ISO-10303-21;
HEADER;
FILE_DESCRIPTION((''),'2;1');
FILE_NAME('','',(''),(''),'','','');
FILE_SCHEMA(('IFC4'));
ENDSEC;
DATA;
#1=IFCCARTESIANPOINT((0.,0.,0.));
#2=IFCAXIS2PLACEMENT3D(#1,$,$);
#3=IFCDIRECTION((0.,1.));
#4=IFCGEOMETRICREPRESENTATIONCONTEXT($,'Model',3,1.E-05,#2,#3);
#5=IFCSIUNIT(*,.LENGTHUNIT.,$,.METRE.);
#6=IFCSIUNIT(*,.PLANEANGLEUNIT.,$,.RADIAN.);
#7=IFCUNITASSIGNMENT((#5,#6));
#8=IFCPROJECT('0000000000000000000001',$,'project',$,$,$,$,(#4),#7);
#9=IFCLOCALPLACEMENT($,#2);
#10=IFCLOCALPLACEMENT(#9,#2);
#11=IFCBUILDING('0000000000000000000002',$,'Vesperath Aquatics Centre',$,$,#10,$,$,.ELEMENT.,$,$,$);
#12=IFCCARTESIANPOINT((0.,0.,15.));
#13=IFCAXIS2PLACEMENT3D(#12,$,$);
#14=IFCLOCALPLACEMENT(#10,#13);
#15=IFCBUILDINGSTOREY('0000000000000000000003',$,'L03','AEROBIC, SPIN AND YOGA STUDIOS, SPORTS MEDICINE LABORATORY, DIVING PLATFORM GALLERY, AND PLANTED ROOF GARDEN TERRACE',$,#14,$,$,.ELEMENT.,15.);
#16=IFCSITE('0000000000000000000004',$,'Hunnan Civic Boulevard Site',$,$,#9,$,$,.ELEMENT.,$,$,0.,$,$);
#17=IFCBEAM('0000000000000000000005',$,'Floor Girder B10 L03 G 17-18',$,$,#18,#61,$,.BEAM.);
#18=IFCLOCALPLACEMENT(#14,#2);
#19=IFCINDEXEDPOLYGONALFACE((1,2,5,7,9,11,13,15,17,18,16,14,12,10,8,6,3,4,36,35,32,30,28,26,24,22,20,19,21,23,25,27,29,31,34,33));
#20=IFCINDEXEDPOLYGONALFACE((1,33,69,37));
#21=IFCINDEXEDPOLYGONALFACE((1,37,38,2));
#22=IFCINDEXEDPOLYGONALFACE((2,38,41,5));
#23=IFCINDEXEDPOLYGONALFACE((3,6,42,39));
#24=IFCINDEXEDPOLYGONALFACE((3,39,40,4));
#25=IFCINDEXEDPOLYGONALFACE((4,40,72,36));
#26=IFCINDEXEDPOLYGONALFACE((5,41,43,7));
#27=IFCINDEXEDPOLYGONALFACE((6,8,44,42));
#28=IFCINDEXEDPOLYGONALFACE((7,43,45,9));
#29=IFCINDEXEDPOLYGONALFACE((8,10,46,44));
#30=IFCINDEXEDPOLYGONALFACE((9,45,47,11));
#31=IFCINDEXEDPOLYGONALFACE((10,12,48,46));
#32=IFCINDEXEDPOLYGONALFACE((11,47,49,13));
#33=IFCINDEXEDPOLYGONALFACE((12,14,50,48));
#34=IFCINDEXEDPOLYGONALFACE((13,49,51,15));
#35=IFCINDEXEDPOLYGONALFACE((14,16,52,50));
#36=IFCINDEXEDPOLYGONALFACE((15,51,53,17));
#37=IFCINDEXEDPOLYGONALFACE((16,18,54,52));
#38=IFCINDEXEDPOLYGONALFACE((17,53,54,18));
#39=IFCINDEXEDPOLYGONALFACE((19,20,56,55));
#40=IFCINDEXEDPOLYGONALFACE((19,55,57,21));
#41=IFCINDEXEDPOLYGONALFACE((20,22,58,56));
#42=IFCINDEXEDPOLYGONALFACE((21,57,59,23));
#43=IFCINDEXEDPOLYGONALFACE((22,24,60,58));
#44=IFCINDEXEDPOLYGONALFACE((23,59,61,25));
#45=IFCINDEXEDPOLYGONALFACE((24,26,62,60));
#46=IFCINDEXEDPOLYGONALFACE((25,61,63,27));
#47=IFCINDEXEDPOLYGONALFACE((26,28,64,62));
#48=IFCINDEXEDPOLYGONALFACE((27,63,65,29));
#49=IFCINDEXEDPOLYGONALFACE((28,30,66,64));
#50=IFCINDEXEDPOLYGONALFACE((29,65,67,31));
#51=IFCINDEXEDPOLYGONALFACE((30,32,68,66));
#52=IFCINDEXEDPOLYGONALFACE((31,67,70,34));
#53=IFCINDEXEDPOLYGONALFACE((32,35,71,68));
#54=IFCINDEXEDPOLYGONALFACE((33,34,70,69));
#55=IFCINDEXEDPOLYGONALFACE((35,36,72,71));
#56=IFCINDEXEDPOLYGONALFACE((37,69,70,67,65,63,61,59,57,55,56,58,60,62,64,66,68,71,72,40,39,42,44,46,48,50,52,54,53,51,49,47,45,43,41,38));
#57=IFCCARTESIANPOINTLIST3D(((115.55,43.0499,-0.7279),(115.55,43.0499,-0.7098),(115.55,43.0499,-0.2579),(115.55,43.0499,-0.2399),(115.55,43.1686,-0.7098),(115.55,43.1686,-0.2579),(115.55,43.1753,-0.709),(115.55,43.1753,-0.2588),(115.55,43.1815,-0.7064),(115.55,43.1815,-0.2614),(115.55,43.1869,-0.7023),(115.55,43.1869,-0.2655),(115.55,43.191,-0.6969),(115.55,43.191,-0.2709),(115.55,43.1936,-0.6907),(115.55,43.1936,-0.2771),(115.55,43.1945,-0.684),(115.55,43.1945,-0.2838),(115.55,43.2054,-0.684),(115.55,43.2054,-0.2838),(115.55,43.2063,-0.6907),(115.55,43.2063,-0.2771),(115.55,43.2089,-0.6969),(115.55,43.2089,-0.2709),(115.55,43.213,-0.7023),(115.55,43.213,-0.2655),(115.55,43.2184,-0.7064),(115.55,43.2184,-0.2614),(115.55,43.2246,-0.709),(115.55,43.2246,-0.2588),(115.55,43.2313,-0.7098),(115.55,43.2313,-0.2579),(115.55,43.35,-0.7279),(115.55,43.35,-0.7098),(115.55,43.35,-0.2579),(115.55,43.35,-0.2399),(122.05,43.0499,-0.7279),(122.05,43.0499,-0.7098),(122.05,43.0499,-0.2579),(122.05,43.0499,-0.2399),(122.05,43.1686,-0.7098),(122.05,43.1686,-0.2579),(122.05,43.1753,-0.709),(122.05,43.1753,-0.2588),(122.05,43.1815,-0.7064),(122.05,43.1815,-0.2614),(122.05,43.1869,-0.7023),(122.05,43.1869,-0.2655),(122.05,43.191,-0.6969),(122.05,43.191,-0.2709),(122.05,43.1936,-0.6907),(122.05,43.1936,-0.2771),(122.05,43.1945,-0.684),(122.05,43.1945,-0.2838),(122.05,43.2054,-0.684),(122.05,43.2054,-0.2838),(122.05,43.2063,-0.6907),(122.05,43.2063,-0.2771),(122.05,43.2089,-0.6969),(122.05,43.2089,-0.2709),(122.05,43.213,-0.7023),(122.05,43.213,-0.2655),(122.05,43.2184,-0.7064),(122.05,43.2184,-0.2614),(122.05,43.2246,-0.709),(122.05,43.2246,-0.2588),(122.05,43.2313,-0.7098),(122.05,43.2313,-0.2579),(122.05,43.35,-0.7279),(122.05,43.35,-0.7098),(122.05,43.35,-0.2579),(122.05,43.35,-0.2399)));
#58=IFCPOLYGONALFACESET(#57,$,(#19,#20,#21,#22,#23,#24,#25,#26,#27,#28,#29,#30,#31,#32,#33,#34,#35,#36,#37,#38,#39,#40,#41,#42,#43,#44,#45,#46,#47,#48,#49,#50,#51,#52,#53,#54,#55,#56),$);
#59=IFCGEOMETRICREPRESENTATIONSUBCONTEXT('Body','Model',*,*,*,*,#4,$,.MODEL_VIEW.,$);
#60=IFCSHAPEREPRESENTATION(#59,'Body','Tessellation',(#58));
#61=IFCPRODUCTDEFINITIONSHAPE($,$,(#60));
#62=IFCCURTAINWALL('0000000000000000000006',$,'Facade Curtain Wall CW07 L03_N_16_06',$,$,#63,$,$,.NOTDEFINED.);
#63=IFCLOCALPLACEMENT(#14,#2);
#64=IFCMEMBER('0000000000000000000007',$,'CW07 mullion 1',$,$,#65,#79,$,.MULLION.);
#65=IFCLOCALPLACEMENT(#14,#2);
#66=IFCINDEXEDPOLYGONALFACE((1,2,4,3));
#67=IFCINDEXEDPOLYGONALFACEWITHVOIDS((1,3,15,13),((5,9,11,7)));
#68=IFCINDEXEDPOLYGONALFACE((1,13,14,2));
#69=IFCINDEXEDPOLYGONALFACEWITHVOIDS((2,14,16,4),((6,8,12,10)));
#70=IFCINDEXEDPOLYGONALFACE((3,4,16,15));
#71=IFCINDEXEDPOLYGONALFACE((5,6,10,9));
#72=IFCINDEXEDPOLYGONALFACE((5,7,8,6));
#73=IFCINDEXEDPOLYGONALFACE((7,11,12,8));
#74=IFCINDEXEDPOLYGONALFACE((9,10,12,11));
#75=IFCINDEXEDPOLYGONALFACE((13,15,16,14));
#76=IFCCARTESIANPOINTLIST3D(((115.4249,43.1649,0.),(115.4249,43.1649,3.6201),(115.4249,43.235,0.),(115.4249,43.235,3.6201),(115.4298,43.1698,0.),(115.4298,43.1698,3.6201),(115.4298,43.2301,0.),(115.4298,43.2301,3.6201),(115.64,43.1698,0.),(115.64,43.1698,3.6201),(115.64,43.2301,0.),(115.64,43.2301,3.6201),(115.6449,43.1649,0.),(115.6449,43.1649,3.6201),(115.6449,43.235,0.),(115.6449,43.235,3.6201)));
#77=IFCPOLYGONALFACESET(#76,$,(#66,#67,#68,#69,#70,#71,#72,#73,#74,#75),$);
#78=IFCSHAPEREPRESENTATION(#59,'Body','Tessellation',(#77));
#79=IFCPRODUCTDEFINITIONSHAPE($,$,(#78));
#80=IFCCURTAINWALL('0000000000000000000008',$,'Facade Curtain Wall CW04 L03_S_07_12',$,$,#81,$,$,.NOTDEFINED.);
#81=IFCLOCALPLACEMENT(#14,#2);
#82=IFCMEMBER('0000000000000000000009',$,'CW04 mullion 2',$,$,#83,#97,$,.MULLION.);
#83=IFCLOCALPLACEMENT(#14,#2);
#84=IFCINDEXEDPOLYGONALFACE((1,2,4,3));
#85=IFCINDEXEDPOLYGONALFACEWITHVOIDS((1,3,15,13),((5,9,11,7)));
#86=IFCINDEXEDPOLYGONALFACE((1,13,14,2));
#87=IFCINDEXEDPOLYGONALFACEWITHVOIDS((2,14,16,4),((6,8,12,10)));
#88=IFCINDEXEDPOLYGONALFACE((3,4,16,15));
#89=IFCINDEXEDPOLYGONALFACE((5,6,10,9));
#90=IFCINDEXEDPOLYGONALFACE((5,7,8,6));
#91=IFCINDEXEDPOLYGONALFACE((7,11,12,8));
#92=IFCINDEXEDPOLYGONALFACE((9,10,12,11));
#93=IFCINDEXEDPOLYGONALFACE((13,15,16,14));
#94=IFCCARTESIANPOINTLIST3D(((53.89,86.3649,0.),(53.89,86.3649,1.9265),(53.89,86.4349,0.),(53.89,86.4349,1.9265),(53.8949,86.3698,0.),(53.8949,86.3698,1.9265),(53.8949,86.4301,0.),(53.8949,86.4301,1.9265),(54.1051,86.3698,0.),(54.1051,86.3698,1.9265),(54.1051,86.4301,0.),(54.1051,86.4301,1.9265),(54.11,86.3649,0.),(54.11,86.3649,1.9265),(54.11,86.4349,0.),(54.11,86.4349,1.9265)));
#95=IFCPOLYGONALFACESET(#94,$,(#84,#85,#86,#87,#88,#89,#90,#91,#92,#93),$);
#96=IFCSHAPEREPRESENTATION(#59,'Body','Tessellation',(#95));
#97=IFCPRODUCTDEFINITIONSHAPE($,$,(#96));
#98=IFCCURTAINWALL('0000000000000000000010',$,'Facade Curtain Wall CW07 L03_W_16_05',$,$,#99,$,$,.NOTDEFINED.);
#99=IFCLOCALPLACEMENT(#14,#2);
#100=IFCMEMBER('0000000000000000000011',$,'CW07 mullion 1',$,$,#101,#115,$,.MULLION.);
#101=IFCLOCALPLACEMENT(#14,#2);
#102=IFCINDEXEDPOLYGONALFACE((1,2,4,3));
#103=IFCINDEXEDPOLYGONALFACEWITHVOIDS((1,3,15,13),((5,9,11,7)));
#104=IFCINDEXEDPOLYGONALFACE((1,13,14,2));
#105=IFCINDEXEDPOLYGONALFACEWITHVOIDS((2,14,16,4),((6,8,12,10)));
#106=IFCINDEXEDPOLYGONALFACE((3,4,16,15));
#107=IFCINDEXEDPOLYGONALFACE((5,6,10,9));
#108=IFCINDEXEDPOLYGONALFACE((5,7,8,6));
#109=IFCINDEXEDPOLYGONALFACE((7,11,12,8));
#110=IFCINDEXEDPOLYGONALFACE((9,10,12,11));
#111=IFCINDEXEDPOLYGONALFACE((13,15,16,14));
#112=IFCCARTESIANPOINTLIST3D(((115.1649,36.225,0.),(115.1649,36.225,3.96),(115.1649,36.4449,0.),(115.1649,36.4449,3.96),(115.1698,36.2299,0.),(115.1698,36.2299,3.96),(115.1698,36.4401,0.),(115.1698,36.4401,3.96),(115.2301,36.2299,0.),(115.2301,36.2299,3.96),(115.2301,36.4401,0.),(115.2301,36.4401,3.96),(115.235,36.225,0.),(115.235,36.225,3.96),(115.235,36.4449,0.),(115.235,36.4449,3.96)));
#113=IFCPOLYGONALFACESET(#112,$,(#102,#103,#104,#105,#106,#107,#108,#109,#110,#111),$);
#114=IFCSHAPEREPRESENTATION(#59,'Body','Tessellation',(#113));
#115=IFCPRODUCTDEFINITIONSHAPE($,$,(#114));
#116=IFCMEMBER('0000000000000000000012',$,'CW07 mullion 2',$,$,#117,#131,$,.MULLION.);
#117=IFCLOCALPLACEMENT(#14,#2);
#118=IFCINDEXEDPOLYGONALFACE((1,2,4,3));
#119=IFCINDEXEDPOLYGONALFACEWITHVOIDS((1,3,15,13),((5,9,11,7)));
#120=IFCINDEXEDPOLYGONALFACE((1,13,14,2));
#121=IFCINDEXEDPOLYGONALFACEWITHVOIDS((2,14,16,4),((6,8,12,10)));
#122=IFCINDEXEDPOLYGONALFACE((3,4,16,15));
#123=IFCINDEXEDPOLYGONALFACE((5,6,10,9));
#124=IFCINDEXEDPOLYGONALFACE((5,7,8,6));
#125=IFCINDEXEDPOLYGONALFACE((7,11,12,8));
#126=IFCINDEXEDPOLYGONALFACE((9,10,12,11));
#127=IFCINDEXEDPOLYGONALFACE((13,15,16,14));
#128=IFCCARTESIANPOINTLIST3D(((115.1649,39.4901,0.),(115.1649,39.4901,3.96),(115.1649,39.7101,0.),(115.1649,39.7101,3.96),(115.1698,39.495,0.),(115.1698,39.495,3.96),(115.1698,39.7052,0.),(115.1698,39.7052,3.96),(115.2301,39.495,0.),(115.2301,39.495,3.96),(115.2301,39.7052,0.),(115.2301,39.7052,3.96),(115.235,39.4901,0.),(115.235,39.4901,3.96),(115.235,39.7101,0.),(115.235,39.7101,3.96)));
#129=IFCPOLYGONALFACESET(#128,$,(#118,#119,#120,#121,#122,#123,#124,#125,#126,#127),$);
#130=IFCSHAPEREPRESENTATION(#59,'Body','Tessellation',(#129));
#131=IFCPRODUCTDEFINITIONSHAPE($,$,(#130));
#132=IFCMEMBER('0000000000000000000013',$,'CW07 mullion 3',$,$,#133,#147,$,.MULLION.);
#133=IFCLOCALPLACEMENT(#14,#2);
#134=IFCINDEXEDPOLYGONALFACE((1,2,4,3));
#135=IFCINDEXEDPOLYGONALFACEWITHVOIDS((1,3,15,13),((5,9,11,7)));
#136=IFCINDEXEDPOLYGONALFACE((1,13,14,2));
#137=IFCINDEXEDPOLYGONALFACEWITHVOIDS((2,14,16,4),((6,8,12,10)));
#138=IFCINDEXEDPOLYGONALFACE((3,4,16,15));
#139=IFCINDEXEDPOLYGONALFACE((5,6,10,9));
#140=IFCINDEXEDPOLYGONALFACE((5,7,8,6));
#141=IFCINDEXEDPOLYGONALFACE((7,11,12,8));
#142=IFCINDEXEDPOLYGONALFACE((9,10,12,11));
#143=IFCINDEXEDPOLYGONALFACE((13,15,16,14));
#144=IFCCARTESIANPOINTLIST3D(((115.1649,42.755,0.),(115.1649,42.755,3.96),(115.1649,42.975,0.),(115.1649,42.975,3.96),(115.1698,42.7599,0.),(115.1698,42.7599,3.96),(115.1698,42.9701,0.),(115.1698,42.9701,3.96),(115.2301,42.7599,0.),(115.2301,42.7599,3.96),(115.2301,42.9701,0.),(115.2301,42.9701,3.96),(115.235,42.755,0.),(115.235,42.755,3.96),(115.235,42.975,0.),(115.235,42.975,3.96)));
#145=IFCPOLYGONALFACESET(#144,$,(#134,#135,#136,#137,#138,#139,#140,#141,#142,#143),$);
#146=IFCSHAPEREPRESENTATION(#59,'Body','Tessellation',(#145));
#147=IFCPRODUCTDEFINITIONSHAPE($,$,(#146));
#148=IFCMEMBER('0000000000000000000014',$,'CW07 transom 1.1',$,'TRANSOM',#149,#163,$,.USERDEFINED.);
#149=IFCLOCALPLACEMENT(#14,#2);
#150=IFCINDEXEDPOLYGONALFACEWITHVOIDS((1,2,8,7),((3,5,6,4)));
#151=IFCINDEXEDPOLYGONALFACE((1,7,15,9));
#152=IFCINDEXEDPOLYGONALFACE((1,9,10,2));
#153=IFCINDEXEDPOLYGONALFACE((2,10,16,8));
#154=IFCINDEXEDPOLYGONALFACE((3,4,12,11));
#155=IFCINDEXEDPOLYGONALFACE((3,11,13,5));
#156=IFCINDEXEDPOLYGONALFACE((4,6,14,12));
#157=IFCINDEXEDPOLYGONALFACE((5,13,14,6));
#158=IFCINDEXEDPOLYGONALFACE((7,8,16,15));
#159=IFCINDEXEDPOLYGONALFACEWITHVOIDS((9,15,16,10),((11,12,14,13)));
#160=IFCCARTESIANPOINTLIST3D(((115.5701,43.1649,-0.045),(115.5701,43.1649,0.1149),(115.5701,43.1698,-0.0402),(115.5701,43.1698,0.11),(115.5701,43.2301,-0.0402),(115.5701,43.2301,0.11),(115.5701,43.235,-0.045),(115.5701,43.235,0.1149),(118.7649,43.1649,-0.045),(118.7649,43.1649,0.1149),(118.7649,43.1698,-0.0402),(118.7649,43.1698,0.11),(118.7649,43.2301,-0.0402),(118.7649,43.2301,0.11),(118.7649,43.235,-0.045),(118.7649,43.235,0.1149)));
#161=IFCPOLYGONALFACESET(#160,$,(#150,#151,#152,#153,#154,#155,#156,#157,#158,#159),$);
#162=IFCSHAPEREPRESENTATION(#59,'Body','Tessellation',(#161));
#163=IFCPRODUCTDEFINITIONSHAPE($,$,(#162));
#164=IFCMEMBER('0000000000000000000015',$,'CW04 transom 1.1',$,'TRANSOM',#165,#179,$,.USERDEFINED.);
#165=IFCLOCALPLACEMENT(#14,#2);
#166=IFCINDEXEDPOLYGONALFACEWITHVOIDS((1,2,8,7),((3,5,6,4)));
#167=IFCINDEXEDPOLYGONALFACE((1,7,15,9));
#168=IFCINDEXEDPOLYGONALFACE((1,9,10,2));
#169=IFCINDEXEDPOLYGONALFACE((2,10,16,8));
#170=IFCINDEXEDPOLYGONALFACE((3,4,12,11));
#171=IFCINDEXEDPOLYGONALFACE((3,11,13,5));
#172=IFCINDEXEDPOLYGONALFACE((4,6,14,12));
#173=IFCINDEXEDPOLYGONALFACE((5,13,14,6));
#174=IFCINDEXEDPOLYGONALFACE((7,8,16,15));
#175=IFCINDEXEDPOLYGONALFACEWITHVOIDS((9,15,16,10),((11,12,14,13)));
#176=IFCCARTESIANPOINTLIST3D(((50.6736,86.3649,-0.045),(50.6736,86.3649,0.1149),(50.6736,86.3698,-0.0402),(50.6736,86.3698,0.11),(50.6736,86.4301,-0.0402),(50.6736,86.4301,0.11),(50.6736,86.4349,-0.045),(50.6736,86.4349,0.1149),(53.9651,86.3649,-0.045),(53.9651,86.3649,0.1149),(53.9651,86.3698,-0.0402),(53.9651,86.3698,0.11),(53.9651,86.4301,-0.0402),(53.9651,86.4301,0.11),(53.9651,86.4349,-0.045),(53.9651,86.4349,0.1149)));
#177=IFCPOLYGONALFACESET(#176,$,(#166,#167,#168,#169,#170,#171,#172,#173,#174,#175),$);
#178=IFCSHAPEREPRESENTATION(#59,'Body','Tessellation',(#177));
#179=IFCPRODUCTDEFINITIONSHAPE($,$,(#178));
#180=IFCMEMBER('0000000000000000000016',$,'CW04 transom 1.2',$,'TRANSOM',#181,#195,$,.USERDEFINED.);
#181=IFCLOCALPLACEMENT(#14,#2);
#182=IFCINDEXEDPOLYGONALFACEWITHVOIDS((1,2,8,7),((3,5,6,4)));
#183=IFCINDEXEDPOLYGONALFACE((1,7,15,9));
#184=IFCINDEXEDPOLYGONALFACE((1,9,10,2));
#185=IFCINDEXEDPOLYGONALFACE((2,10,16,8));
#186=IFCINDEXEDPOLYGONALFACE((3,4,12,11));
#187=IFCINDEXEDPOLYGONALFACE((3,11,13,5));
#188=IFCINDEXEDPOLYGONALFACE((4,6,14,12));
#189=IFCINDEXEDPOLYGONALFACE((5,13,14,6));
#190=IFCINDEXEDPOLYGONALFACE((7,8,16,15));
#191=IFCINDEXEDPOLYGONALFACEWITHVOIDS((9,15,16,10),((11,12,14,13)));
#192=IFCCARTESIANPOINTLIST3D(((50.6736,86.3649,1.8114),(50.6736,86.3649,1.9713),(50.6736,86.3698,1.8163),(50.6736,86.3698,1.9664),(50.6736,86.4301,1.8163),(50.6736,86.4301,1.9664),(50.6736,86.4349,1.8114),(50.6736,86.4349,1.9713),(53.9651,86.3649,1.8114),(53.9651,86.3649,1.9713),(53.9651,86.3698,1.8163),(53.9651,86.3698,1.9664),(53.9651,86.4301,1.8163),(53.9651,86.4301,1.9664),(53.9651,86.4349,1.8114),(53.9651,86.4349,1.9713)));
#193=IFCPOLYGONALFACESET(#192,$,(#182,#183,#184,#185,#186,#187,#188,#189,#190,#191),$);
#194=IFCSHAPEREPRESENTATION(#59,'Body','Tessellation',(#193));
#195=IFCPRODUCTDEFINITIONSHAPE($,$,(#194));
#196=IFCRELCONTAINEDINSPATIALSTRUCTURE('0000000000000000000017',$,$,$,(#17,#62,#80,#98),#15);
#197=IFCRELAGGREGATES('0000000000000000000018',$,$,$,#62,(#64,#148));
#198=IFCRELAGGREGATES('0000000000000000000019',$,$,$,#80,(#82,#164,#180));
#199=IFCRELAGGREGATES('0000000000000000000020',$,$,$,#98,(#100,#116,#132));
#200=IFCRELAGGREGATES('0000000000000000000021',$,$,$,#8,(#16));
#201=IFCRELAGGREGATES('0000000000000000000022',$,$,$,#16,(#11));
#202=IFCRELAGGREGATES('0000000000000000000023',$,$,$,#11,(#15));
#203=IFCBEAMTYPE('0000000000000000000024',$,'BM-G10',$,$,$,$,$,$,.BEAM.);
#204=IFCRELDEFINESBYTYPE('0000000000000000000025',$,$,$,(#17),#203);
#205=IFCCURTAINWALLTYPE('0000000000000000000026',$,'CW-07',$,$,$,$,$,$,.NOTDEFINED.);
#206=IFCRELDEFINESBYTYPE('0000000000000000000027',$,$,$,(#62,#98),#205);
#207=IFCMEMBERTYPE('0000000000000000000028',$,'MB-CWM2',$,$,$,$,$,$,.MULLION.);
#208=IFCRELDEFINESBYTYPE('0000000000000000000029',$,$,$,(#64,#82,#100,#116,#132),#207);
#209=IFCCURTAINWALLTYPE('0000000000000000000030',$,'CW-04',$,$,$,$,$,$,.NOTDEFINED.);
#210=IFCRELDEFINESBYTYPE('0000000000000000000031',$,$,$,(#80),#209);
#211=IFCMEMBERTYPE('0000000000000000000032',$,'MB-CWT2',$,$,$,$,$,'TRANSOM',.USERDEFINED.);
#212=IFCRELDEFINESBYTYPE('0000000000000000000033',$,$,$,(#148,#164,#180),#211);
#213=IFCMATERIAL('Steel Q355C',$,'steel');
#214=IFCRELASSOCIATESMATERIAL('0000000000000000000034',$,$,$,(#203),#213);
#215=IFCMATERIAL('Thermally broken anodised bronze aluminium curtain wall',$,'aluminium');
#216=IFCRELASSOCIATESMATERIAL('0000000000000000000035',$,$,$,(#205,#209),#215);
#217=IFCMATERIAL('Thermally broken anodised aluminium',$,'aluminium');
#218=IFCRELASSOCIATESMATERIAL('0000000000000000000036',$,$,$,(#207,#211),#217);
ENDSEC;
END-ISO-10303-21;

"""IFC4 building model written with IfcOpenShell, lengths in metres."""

from ifc_helpers import new_model, si_unit, direction, frame, origin, origin_2d, place, context, subcontext, project, spatial, hollow_rectangle, i_section, extrude, material, material_profile, profile_set, type_object, element, aggregate, save


model = new_model("IFC4")

# Units and contexts
model_context = context("Model", 3, precision=1e-05, world=origin(), true_north=direction((0.0, 1.0)))
body_context = subcontext(model_context, "Body", "Model", "MODEL_VIEW")
ifc_project = project(units=[si_unit("LENGTHUNIT", "METRE"), si_unit("PLANEANGLEUNIT", "RADIAN")], contexts=[model_context])

# Site, building, storey
site_placement = place(None, origin())
site = spatial("IfcSite", under=ifc_project, at=site_placement, Name="Hunnan Civic Boulevard Site", CompositionType="ELEMENT", RefElevation=0.0)
building_placement = place(site_placement, origin())
building = spatial("IfcBuilding", under=site, at=building_placement, Name="Vesperath Aquatics Centre", CompositionType="ELEMENT")
storey_placement = place(building_placement, frame((0.0, 0.0, 15.0)))
storey = spatial("IfcBuildingStorey", under=building, at=storey_placement, Name="L03", Description="AEROBIC, SPIN AND YOGA STUDIOS, SPORTS MEDICINE LABORATORY, DIVING PLATFORM GALLERY, AND PLANTED ROOF GARDEN TERRACE", CompositionType="ELEMENT", Elevation=15.0)

# Shared definitions
ifc_material_1 = material(Name="Steel Q355C", Category="steel")

# Beam
ifc_material_profile_1 = material_profile(ifc_material_1, i_section(OverallWidth=0.3, OverallDepth=0.488, WebThickness=0.011, FlangeThickness=0.0181, FilletRadius=0.0259, at=origin_2d()), Name="HM 488x300x11x18")
ifc_profile_set_1 = profile_set([ifc_material_profile_1], Name="Steel Q355C")
beam_type_1 = type_object("IfcBeamType", Name="BM-G10", PredefinedType="BEAM", material=ifc_profile_set_1)
for number, where, z_axis, x_axis, name in (
    (1, (115.55, 43.2, -0.4839), (1.0, 0.0, 0.0), (0.0, 1.0, 0.0), "Floor Girder B10 L03 G 17-18"),
):
    element("IfcBeam", number, at=place(storey_placement, frame(where, z_axis=z_axis, x_axis=x_axis)), inside=storey, type_object=beam_type_1, Name=name, PredefinedType="BEAM", context=body_context, shape_type="SweptSolid", body=[
        extrude(i_section(OverallWidth=0.3, OverallDepth=0.488, WebThickness=0.011, FlangeThickness=0.0181, FilletRadius=0.0259, at=origin_2d()), origin(), (0.0, 0.0, 1.0), 6.5),
    ])

# Curtain walls, members
ifc_material_2 = material(Name="Thermally broken anodised bronze aluminium curtain wall", Category="aluminium")
curtain_wall_type_1 = type_object("IfcCurtainWallType", Name="CW-07", PredefinedType="NOTDEFINED", material=ifc_material_2)
curtain_wall_1_placement = place(storey_placement, origin())
curtain_wall_1 = element("IfcCurtainWall", 2, at=curtain_wall_1_placement, inside=storey, type_object=curtain_wall_type_1, Name="Facade Curtain Wall CW07 L03_N_16_06", PredefinedType="NOTDEFINED")
ifc_material_3 = material(Name="Thermally broken anodised aluminium", Category="aluminium")
ifc_material_profile_2 = material_profile(ifc_material_3, hollow_rectangle(XDim=0.0701, YDim=0.22, WallThickness=0.0049, at=origin_2d()), Name="CWM 70x220x5")
ifc_profile_set_2 = profile_set([ifc_material_profile_2], Name="Thermally broken anodised aluminium")
member_type_1 = type_object("IfcMemberType", Name="MB-CWM2", PredefinedType="MULLION", material=ifc_profile_set_2)
member_1_placement = place(storey_placement, frame((115.5349, 43.2, 0.0), z_axis=(0.0, 0.0, 1.0), x_axis=(0.0, 1.0, 0.0)))
member_1 = element("IfcMember", 3, at=member_1_placement, type_object=member_type_1, Name="CW07 mullion 1", PredefinedType="MULLION", context=body_context, shape_type="SweptSolid", body=[
    extrude(hollow_rectangle(XDim=0.0701, YDim=0.22, WallThickness=0.0049, at=origin_2d()), origin(), (0.0, 0.0, 1.0), 3.6201),
])
curtain_wall_type_2 = type_object("IfcCurtainWallType", Name="CW-04", PredefinedType="NOTDEFINED", material=ifc_material_2)
curtain_wall_2_placement = place(storey_placement, origin())
curtain_wall_2 = element("IfcCurtainWall", 4, at=curtain_wall_2_placement, inside=storey, type_object=curtain_wall_type_2, Name="Facade Curtain Wall CW04 L03_S_07_12", PredefinedType="NOTDEFINED")
member_2_placement = place(storey_placement, frame((54.0, 86.3999, 0.0), z_axis=(0.0, 0.0, 1.0), x_axis=(0.0, 1.0, 0.0)))
member_2 = element("IfcMember", 5, at=member_2_placement, type_object=member_type_1, Name="CW04 mullion 2", PredefinedType="MULLION", context=body_context, shape_type="SweptSolid", body=[
    extrude(hollow_rectangle(XDim=0.0701, YDim=0.22, WallThickness=0.0049, at=origin_2d()), origin(), (0.0, 0.0, 1.0), 1.9265),
])

# Curtain wall, members
curtain_wall_3_placement = place(storey_placement, origin())
curtain_wall_3 = element("IfcCurtainWall", 6, at=curtain_wall_3_placement, inside=storey, type_object=curtain_wall_type_1, Name="Facade Curtain Wall CW07 L03_W_16_05", PredefinedType="NOTDEFINED")
member_3_placement = place(storey_placement, frame((115.2, 36.335, 0.0), z_axis=(0.0, 0.0, 1.0), x_axis=(-1.0, 0.0, 0.0)))
member_3 = element("IfcMember", 7, at=member_3_placement, type_object=member_type_1, Name="CW07 mullion 1", PredefinedType="MULLION", context=body_context, shape_type="SweptSolid", body=[
    extrude(hollow_rectangle(XDim=0.0701, YDim=0.22, WallThickness=0.0049, at=origin_2d()), origin(), (0.0, 0.0, 1.0), 3.96),
])
member_4_placement = place(storey_placement, frame((115.2, 39.6001, 0.0), z_axis=(0.0, 0.0, 1.0), x_axis=(-1.0, 0.0, 0.0)))
member_4 = element("IfcMember", 8, at=member_4_placement, type_object=member_type_1, Name="CW07 mullion 2", PredefinedType="MULLION", context=body_context, shape_type="SweptSolid", body=[
    extrude(hollow_rectangle(XDim=0.0701, YDim=0.22, WallThickness=0.0049, at=origin_2d()), origin(), (0.0, 0.0, 1.0), 3.96),
])
member_5_placement = place(storey_placement, frame((115.2, 42.865, 0.0), z_axis=(0.0, 0.0, 1.0), x_axis=(-1.0, 0.0, 0.0)))
member_5 = element("IfcMember", 9, at=member_5_placement, type_object=member_type_1, Name="CW07 mullion 3", PredefinedType="MULLION", context=body_context, shape_type="SweptSolid", body=[
    extrude(hollow_rectangle(XDim=0.0701, YDim=0.22, WallThickness=0.0049, at=origin_2d()), origin(), (0.0, 0.0, 1.0), 3.96),
])

# Members
ifc_material_profile_3 = material_profile(ifc_material_3, hollow_rectangle(XDim=0.0701, YDim=0.1599, WallThickness=0.0049, at=origin_2d()), Name="CWT 70x160x5")
ifc_profile_set_3 = profile_set([ifc_material_profile_3], Name="Thermally broken anodised aluminium")
member_type_2 = type_object("IfcMemberType", Name="MB-CWT2", ElementType="TRANSOM", PredefinedType="USERDEFINED", material=ifc_profile_set_3)
member_6_placement = place(storey_placement, frame((115.5701, 43.2, 0.0349), z_axis=(1.0, 0.0, 0.0), x_axis=(0.0, 1.0, 0.0)))
member_6 = element("IfcMember", 10, at=member_6_placement, type_object=member_type_2, Name="CW07 transom 1.1", ObjectType="TRANSOM", PredefinedType="USERDEFINED", context=body_context, shape_type="SweptSolid", body=[
    extrude(hollow_rectangle(XDim=0.0701, YDim=0.1599, WallThickness=0.0049, at=origin_2d()), origin(), (0.0, 0.0, 1.0), 3.1948),
])
aggregate(curtain_wall_1, [member_1, member_6])
member_7_placement = place(storey_placement, frame((50.6736, 86.3999, 0.0349), z_axis=(1.0, 0.0, 0.0), x_axis=(0.0, 1.0, 0.0)))
member_7 = element("IfcMember", 11, at=member_7_placement, type_object=member_type_2, Name="CW04 transom 1.1", ObjectType="TRANSOM", PredefinedType="USERDEFINED", context=body_context, shape_type="SweptSolid", body=[
    extrude(hollow_rectangle(XDim=0.0701, YDim=0.1599, WallThickness=0.0049, at=origin_2d()), origin(), (0.0, 0.0, 1.0), 3.2915),
])
member_8_placement = place(storey_placement, frame((50.6736, 86.3999, 1.8914), z_axis=(1.0, 0.0, 0.0), x_axis=(0.0, 1.0, 0.0)))
member_8 = element("IfcMember", 12, at=member_8_placement, type_object=member_type_2, Name="CW04 transom 1.2", ObjectType="TRANSOM", PredefinedType="USERDEFINED", context=body_context, shape_type="SweptSolid", body=[
    extrude(hollow_rectangle(XDim=0.0701, YDim=0.1599, WallThickness=0.0049, at=origin_2d()), origin(), (0.0, 0.0, 1.0), 3.2915),
])

aggregate(curtain_wall_2, [member_2, member_7, member_8])
aggregate(curtain_wall_3, [member_3, member_4, member_5])

save(model, "model.ifc")
